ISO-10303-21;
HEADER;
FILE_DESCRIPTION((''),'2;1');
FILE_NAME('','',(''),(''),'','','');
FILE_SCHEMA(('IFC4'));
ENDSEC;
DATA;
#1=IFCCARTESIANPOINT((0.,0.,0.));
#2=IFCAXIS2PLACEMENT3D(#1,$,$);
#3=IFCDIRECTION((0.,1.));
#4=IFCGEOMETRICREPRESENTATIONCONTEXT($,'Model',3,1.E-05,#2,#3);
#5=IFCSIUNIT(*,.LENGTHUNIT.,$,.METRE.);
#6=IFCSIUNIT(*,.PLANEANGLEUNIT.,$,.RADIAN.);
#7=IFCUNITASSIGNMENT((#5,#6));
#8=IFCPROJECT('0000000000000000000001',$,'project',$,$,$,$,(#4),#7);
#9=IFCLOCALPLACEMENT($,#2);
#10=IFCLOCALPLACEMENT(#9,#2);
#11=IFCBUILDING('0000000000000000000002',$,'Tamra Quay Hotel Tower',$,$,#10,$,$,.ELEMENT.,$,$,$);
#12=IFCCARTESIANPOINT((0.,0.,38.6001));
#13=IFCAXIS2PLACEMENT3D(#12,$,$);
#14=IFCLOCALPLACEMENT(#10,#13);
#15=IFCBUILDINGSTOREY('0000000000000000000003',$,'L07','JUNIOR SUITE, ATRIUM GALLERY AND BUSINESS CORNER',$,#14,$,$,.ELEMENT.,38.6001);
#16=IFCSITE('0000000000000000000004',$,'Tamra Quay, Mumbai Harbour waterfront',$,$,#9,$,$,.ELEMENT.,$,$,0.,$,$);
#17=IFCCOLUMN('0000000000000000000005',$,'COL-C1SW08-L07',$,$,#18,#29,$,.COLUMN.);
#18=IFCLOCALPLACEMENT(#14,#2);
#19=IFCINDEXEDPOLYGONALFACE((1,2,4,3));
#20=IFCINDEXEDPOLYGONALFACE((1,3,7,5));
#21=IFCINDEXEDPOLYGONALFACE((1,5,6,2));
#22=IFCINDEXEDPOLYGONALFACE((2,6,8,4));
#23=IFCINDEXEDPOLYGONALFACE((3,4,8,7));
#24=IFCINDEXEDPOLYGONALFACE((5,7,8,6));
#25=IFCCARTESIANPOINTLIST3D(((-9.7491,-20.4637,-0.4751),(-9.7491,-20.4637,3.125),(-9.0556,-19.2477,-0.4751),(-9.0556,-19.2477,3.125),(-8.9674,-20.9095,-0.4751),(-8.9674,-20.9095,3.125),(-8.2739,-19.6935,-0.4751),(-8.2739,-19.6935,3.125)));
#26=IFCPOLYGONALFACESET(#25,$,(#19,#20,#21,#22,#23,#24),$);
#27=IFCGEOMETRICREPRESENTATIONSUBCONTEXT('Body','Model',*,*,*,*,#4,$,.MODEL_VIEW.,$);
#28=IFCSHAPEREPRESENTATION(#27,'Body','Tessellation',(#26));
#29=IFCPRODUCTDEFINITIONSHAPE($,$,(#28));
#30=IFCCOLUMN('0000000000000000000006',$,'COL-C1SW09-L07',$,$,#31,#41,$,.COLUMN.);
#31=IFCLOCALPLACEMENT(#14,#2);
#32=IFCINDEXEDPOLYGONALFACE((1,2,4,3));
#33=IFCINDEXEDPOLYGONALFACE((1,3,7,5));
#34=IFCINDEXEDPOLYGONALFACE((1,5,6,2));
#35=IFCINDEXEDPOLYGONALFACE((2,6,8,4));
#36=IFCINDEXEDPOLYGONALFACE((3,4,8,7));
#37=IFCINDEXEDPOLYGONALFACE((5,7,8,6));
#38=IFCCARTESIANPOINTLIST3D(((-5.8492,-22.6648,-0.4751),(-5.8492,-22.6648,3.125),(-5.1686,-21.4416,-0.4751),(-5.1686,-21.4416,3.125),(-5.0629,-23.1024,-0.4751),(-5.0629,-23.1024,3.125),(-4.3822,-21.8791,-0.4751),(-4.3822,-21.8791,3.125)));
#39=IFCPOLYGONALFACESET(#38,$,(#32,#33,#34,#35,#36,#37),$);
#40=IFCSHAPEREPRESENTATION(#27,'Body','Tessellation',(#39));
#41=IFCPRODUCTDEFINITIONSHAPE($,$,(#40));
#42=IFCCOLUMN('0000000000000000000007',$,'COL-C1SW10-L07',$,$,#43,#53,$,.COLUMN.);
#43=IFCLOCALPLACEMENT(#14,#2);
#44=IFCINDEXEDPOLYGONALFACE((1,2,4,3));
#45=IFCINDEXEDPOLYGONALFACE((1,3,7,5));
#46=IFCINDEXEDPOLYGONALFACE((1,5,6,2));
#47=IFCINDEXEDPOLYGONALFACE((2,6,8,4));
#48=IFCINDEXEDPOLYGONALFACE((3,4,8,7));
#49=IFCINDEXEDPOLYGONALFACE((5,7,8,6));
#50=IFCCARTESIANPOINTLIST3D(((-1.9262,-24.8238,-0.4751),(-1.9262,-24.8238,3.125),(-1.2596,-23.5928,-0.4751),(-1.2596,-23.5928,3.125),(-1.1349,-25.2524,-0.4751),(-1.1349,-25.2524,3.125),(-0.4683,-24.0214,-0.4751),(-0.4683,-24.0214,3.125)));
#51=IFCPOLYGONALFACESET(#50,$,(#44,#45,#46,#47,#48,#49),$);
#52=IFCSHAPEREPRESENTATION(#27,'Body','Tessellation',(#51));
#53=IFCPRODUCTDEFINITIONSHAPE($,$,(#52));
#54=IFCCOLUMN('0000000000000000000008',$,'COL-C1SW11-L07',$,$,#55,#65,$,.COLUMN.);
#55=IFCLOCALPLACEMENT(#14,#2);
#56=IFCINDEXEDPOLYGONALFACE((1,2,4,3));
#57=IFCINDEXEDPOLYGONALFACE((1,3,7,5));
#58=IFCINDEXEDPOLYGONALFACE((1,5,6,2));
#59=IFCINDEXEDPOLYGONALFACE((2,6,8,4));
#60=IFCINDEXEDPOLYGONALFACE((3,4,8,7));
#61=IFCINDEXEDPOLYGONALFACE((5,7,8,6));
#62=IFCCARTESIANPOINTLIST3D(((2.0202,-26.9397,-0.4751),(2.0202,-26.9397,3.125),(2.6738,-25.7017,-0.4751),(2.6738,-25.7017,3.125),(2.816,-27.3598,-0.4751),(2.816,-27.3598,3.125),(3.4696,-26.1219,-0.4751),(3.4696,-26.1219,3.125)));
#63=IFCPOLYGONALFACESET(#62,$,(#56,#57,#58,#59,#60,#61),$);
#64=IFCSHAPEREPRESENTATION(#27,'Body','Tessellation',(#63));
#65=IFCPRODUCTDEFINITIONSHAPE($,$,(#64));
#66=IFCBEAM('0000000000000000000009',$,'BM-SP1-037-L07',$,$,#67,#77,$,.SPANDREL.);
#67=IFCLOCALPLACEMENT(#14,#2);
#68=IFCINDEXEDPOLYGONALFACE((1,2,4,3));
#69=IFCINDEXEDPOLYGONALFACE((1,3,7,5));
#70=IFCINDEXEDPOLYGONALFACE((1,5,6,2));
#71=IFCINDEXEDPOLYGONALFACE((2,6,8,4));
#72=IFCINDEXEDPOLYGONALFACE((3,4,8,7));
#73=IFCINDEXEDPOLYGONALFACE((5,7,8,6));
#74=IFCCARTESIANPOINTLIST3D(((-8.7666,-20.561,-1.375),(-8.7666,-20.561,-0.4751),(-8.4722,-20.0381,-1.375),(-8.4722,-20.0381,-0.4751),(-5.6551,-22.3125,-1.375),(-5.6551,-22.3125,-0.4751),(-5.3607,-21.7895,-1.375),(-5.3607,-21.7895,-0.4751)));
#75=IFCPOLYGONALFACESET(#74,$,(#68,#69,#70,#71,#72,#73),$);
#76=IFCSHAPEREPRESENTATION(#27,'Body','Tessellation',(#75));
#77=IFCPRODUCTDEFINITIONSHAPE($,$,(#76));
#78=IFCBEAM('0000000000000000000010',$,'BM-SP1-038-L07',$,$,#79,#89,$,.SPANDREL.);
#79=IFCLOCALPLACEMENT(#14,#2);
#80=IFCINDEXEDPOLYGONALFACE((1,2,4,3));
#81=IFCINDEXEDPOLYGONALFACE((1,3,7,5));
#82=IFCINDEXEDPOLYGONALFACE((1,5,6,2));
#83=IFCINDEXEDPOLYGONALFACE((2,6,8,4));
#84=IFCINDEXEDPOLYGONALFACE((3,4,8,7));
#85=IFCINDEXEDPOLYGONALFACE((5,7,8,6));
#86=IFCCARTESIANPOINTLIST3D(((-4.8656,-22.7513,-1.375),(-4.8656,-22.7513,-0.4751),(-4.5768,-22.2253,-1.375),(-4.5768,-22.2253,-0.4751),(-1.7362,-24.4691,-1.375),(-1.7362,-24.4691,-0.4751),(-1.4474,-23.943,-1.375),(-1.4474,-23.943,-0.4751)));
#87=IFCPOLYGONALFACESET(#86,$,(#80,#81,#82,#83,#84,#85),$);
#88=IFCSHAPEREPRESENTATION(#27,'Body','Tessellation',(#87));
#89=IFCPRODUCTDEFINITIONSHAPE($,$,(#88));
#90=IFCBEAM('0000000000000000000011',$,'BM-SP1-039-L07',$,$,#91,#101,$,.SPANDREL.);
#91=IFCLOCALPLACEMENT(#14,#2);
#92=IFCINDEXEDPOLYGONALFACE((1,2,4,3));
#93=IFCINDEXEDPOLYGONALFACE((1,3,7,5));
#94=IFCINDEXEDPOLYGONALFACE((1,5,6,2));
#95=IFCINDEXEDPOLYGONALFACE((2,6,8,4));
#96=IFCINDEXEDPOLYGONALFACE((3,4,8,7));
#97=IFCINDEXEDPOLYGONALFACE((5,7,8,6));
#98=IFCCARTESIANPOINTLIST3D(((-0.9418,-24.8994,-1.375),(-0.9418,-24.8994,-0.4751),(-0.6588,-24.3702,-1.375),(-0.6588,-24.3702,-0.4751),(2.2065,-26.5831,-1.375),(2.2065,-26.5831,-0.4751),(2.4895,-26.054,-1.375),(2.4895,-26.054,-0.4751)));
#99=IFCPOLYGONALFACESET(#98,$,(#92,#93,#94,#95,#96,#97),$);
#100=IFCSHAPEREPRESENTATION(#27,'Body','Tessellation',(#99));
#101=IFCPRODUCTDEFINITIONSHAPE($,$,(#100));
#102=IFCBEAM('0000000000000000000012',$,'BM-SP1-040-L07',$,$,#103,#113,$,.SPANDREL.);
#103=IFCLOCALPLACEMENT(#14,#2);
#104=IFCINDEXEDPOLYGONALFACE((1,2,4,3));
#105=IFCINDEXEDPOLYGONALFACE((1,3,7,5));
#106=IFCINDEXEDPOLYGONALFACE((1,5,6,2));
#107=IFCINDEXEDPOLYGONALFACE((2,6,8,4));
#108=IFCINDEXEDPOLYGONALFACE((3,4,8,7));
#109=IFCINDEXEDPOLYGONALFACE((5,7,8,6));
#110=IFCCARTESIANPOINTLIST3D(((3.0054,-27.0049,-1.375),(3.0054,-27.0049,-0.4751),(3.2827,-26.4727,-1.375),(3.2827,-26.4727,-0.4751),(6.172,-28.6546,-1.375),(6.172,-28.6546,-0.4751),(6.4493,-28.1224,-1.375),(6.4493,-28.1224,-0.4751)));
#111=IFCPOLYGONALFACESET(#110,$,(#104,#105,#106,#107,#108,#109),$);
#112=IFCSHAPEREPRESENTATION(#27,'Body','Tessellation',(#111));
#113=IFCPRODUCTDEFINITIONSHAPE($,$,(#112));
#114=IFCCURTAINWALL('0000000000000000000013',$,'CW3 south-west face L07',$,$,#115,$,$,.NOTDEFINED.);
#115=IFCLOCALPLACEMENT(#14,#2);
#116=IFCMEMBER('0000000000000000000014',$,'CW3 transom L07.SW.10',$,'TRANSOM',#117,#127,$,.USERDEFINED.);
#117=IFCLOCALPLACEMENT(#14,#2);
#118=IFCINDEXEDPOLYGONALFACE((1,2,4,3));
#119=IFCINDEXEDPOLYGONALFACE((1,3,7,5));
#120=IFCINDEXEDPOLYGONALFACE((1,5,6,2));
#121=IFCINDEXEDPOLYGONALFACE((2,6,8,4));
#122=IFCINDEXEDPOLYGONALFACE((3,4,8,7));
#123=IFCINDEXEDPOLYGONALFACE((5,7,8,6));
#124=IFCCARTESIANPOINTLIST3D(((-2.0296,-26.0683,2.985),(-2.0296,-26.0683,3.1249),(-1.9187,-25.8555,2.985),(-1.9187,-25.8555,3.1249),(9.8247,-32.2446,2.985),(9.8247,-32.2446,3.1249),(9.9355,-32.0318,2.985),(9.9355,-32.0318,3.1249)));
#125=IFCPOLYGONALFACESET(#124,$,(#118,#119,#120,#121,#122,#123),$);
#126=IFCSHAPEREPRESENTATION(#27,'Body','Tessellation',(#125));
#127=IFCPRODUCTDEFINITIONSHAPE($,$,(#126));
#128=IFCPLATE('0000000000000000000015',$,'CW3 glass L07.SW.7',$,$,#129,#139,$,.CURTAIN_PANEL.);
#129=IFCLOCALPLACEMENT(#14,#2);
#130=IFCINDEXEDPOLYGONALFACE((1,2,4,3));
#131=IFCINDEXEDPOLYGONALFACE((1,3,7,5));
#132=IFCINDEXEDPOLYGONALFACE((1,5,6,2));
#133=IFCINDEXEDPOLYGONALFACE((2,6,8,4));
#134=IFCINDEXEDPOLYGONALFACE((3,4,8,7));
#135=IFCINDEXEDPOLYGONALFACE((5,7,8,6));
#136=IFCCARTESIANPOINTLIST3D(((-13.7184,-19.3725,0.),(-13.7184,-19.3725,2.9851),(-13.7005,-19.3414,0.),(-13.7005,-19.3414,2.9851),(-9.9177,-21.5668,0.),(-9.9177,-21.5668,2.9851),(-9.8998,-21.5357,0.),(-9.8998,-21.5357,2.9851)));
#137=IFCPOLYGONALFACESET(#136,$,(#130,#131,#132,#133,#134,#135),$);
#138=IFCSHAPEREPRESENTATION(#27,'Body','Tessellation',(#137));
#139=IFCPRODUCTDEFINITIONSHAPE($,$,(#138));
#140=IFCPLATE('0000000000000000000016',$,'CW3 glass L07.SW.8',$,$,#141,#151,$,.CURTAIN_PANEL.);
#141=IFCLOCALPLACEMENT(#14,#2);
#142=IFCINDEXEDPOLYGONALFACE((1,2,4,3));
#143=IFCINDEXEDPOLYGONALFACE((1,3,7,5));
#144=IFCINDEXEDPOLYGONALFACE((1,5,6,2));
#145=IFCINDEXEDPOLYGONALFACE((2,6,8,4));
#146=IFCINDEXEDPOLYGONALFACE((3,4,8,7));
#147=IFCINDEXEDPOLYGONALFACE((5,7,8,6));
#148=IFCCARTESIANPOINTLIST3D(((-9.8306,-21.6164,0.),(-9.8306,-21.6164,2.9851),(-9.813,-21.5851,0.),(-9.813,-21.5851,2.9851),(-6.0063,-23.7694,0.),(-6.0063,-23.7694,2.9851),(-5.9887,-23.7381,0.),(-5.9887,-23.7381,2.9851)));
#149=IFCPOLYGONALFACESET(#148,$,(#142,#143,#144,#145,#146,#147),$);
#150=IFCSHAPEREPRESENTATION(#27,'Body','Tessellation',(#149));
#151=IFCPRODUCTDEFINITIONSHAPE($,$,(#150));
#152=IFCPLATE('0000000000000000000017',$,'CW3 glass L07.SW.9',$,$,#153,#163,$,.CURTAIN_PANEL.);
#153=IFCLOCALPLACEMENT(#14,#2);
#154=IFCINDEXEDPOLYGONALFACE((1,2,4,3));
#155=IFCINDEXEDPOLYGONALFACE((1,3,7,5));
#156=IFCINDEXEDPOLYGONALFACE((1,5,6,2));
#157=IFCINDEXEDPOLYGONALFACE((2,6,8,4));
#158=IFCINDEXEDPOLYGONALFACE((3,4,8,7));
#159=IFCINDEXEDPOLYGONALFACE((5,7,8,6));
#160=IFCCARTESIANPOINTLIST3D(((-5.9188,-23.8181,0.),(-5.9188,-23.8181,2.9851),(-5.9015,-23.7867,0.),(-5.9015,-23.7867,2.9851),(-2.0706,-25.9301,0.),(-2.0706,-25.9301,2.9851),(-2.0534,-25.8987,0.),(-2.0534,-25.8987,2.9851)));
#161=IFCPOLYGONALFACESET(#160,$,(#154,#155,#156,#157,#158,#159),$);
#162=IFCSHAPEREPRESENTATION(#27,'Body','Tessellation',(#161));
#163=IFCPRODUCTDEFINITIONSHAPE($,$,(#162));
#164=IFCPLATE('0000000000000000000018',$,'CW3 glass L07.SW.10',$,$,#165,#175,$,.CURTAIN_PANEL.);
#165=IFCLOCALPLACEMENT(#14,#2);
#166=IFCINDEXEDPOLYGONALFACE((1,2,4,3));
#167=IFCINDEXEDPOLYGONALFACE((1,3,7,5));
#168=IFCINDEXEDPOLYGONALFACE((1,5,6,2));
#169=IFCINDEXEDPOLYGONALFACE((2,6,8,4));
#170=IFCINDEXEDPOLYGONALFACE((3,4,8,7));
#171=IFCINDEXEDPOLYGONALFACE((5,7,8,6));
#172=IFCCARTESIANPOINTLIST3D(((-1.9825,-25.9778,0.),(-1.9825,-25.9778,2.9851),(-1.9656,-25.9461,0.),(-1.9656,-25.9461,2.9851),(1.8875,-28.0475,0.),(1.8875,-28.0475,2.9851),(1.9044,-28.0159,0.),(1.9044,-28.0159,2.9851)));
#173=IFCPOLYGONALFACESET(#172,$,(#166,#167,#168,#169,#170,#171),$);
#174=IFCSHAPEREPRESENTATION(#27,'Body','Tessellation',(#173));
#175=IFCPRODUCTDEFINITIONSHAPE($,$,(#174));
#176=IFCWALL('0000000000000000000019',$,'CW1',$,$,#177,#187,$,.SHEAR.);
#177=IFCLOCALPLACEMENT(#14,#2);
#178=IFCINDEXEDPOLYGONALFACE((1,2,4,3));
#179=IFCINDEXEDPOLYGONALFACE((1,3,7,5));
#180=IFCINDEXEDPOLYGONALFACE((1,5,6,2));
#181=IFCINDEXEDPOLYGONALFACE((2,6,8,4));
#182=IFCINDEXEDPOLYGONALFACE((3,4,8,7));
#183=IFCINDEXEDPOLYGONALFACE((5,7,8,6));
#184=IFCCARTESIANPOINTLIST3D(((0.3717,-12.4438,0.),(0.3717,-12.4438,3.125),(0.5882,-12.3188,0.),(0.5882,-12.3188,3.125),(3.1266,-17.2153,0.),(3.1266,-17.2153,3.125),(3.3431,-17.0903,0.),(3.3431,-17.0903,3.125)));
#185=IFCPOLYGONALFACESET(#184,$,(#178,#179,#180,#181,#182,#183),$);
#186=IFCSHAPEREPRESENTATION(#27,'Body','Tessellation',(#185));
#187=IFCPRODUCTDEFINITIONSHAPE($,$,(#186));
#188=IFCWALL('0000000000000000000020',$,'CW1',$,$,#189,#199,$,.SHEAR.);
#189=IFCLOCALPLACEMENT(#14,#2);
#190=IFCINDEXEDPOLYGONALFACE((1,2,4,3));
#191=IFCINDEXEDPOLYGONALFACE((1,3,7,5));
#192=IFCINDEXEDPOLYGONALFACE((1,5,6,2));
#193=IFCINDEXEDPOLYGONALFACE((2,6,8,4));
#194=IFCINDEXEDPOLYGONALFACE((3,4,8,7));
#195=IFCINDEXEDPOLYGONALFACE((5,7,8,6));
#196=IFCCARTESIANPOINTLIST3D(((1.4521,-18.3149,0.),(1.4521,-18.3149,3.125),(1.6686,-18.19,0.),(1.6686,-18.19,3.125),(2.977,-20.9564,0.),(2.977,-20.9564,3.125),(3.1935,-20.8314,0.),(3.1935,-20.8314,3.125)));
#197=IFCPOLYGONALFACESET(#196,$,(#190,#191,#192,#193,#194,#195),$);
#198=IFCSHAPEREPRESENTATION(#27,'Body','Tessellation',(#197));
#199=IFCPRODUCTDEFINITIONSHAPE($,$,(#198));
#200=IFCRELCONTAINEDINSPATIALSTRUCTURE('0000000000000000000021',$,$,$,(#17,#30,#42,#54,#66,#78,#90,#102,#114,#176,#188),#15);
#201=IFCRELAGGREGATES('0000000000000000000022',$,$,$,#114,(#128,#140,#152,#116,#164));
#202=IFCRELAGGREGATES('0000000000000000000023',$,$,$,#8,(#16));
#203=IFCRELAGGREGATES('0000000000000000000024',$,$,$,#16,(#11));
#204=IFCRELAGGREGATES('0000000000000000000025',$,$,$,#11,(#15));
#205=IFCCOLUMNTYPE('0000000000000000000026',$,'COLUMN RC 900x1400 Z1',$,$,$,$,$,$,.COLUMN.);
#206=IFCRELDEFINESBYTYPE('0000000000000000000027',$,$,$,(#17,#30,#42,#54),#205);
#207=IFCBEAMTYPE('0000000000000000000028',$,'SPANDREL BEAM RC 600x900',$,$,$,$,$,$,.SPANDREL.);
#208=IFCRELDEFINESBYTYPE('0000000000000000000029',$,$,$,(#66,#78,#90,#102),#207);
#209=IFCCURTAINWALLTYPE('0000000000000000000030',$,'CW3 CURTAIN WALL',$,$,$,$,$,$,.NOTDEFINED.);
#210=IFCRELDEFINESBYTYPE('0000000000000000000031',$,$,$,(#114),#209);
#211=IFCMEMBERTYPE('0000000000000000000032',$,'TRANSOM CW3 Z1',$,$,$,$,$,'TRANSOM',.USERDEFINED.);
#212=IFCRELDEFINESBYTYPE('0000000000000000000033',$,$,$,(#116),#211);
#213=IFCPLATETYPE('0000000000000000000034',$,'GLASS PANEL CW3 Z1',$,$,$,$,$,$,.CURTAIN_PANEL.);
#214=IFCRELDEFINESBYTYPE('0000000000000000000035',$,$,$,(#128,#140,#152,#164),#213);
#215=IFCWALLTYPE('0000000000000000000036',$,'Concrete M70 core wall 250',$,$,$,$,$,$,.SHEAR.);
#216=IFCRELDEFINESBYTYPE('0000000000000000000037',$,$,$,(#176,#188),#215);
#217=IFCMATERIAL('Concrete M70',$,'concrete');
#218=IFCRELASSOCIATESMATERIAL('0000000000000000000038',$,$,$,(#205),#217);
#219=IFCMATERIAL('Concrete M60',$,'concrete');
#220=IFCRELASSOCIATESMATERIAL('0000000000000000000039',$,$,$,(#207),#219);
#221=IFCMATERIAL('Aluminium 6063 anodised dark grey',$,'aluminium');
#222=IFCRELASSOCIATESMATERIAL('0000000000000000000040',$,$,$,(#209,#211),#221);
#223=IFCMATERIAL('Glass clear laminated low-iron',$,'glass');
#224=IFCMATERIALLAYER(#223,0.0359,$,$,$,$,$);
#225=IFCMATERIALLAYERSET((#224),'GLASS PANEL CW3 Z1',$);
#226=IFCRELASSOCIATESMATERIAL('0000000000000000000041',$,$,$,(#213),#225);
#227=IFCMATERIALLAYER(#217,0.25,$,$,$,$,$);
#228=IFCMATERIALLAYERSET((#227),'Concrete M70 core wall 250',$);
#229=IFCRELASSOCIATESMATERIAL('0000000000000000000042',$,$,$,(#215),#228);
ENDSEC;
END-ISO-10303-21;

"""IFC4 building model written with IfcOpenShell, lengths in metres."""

from ifc_helpers import new_model, si_unit, direction, frame, frame_2d, origin, origin_2d, place, context, subcontext, project, spatial, rectangle, extrude, material, layer, layer_set, material_profile, profile_set, type_object, element, aggregate, save


model = new_model("IFC4")

# Units and contexts
model_context = context("Model", 3, precision=1e-05, world=origin(), true_north=direction((0.0, 1.0)))
body_context = subcontext(model_context, "Body", "Model", "MODEL_VIEW")
ifc_project = project(units=[si_unit("LENGTHUNIT", "METRE"), si_unit("PLANEANGLEUNIT", "RADIAN")], contexts=[model_context])

# Site, building, storey
site_placement = place(None, origin())
site = spatial("IfcSite", under=ifc_project, at=site_placement, Name="Tamra Quay, Mumbai Harbour waterfront", CompositionType="ELEMENT", RefElevation=0.0)
building_placement = place(site_placement, origin())
building = spatial("IfcBuilding", under=site, at=building_placement, Name="Tamra Quay Hotel Tower", CompositionType="ELEMENT")
storey_placement = place(building_placement, frame((0.0, 0.0, 38.6001)))
storey = spatial("IfcBuildingStorey", under=building, at=storey_placement, Name="L07", Description="JUNIOR SUITE, ATRIUM GALLERY AND BUSINESS CORNER", CompositionType="ELEMENT", Elevation=38.6001)

# Columns
ifc_material_1 = material(Name="Concrete M70", Category="concrete")
ifc_material_profile_1 = material_profile(ifc_material_1, rectangle(XDim=1.3999, YDim=0.8999, at=origin_2d()), Name="COLUMN RC 900x1400 Z1")
ifc_profile_set_1 = profile_set([ifc_material_profile_1], Name="Concrete M70")
column_type = type_object("IfcColumnType", Name="COLUMN RC 900x1400 Z1", PredefinedType="COLUMN", material=ifc_profile_set_1)
for number, where, z_axis, x_axis, name in (
    (1, (-9.0115, -20.0786, -0.4751), (0.0, 0.0, 1.0), (0.495421, 0.868653, 0.0), "COL-C1SW08-L07"),
    (2, (-5.1157, -22.272, -0.4751), (0.0, 0.0, 1.0), (0.486221, 0.873836, 0.0), "COL-C1SW09-L07"),
    (3, (-1.1973, -24.4226, -0.4751), (0.0, 0.0, 1.0), (0.476198, 0.879338, 0.0), "COL-C1SW10-L07"),
    (4, (2.7449, -26.5308, -0.4751), (0.0, 0.0, 1.0), (0.466896, 0.884312, 0.0), "COL-C1SW11-L07"),
):
    element("IfcColumn", number, at=place(storey_placement, frame(where, z_axis=z_axis, x_axis=x_axis)), inside=storey, type_object=column_type, Name=name, PredefinedType="COLUMN", context=body_context, shape_type="SweptSolid", body=[
        extrude(rectangle(XDim=1.3999, YDim=0.8999, at=origin_2d()), origin(), (0.0, 0.0, 1.0), 3.6001),
    ])

# Beams
ifc_material_2 = material(Name="Concrete M60", Category="concrete")
ifc_material_profile_2 = material_profile(ifc_material_2, rectangle(XDim=0.6001, YDim=0.8999, at=origin_2d()), Name="SPANDREL BEAM RC 600x900")
ifc_profile_set_2 = profile_set([ifc_material_profile_2], Name="Concrete M60")
beam_type = type_object("IfcBeamType", Name="SPANDREL BEAM RC 600x900", PredefinedType="SPANDREL", material=ifc_profile_set_2)
beam_1_placement = place(storey_placement, frame((-8.6194, -20.2996, -0.925), z_axis=(0.871431, -0.490518, 0.0), x_axis=(0.490518, 0.871431, 0.0)))
element("IfcBeam", 5, at=beam_1_placement, inside=storey, type_object=beam_type, Name="BM-SP1-037-L07", PredefinedType="SPANDREL", context=body_context, shape_type="SweptSolid", body=[
    extrude(rectangle(XDim=0.6001, YDim=0.8999, at=origin_2d()), origin(), (0.0, 0.0, 1.0), 3.5706),
])
beam_2_placement = place(storey_placement, frame((-4.7212, -22.4883, -0.925), z_axis=(0.876617, -0.481189, 0.0), x_axis=(0.481189, 0.876617, 0.0)))
element("IfcBeam", 6, at=beam_2_placement, inside=storey, type_object=beam_type, Name="BM-SP1-038-L07", PredefinedType="SPANDREL", context=body_context, shape_type="SweptSolid", body=[
    extrude(rectangle(XDim=0.6001, YDim=0.8999, at=origin_2d()), origin(), (0.0, 0.0, 1.0), 3.5698),
])
beam_3_placement = place(storey_placement, frame((-0.8003, -24.6348, -0.925), z_axis=(0.881809, -0.471607, 0.0), x_axis=(0.471607, 0.881809, 0.0)))
element("IfcBeam", 7, at=beam_3_placement, inside=storey, type_object=beam_type, Name="BM-SP1-039-L07", PredefinedType="SPANDREL", context=body_context, shape_type="SweptSolid", body=[
    extrude(rectangle(XDim=0.6001, YDim=0.8999, at=origin_2d()), origin(), (0.0, 0.0, 1.0), 3.5703),
])
beam_4_placement = place(storey_placement, frame((3.144, -26.7388, -0.925), z_axis=(0.886864, -0.462031, 0.0), x_axis=(0.462031, 0.886864, 0.0)))
element("IfcBeam", 8, at=beam_4_placement, inside=storey, type_object=beam_type, Name="BM-SP1-040-L07", PredefinedType="SPANDREL", context=body_context, shape_type="SweptSolid", body=[
    extrude(rectangle(XDim=0.6001, YDim=0.8999, at=origin_2d()), origin(), (0.0, 0.0, 1.0), 3.5706),
])

# Curtain wall, member, plates
ifc_material_3 = material(Name="Aluminium 6063 anodised dark grey", Category="aluminium")
curtain_wall_type = type_object("IfcCurtainWallType", Name="CW3 CURTAIN WALL", PredefinedType="NOTDEFINED", material=ifc_material_3)
curtain_wall_placement = place(storey_placement, origin())
curtain_wall = element("IfcCurtainWall", 9, at=curtain_wall_placement, inside=storey, type_object=curtain_wall_type, Name="CW3 south-west face L07", PredefinedType="NOTDEFINED")
ifc_material_profile_3 = material_profile(ifc_material_3, rectangle(XDim=0.24, YDim=0.1399, at=origin_2d()), Name="TRANSOM 240X140")
ifc_profile_set_3 = profile_set([ifc_material_profile_3], Name="Aluminium 6063 anodised dark grey")
member_type = type_object("IfcMemberType", Name="TRANSOM CW3 Z1", ElementType="TRANSOM", PredefinedType="USERDEFINED", material=ifc_profile_set_3)
member_placement = place(storey_placement, frame((-1.9741, -25.9619, 3.0549), z_axis=(0.886847, -0.462063, 0.0), x_axis=(0.462063, 0.886847, 0.0)))
member = element("IfcMember", 10, at=member_placement, type_object=member_type, Name="CW3 transom L07.SW.10", ObjectType="TRANSOM", PredefinedType="USERDEFINED", context=body_context, shape_type="SweptSolid", body=[
    extrude(rectangle(XDim=0.24, YDim=0.1399, at=origin_2d()), origin(), (0.0, 0.0, 1.0), 13.3667),
])
ifc_material_4 = material(Name="Glass clear laminated low-iron", Category="glass")
ifc_layer_1 = layer(ifc_material_4, 0.0359)
ifc_layer_set_1 = layer_set([ifc_layer_1], Name="GLASS PANEL CW3 Z1")
plate_type = type_object("IfcPlateType", Name="GLASS PANEL CW3 Z1", PredefinedType="CURTAIN_PANEL", material=ifc_layer_set_1)
plate_1_placement = place(storey_placement, frame((-11.8091, -20.4541, 0.0), z_axis=(0.0, 0.0, 1.0), x_axis=(0.866025, -0.5, 0.0)))
plate_1 = element("IfcPlate", 11, at=plate_1_placement, type_object=plate_type, Name="CW3 glass L07.SW.7", PredefinedType="CURTAIN_PANEL", context=body_context, shape_type="SweptSolid", body=[
    extrude(rectangle(XDim=4.3887, YDim=0.0359, at=origin_2d()), origin(), (0.0, 0.0, 1.0), 2.9851),
])
plate_2_placement = place(storey_placement, frame((-7.9097, -22.6772, 0.0), z_axis=(0.0, 0.0, 1.0), x_axis=(0.871393, -0.490586, 0.0)))
plate_2 = element("IfcPlate", 12, at=plate_2_placement, type_object=plate_type, Name="CW3 glass L07.SW.8", PredefinedType="CURTAIN_PANEL", context=body_context, shape_type="SweptSolid", body=[
    extrude(rectangle(XDim=4.3887, YDim=0.0359, at=origin_2d()), origin(), (0.0, 0.0, 1.0), 2.9851),
])
plate_3_placement = place(storey_placement, frame((-3.9861, -24.8584, 0.0), z_axis=(0.0, 0.0, 1.0), x_axis=(0.876651, -0.481127, 0.0)))
plate_3 = element("IfcPlate", 13, at=plate_3_placement, type_object=plate_type, Name="CW3 glass L07.SW.9", PredefinedType="CURTAIN_PANEL", context=body_context, shape_type="SweptSolid", body=[
    extrude(rectangle(XDim=4.3896, YDim=0.0359, at=origin_2d()), origin(), (0.0, 0.0, 1.0), 2.9851),
])
plate_4_placement = place(storey_placement, frame((-0.0391, -26.9968, 0.0), z_axis=(0.0, 0.0, 1.0), x_axis=(0.881806, -0.471612, 0.0)))
plate_4 = element("IfcPlate", 14, at=plate_4_placement, type_object=plate_type, Name="CW3 glass L07.SW.10", PredefinedType="CURTAIN_PANEL", context=body_context, shape_type="SweptSolid", body=[
    extrude(rectangle(XDim=4.3887, YDim=0.0359, at=origin_2d()), origin(), (0.0, 0.0, 1.0), 2.9851),
])
aggregate(curtain_wall, [plate_1, plate_2, plate_3, member, plate_4])

# Walls
ifc_layer_2 = layer(ifc_material_1, 0.25)
ifc_layer_set_2 = layer_set([ifc_layer_2], Name="Concrete M70 core wall 250")
wall_type_1 = type_object("IfcWallType", Name="Concrete M70 core wall 250", PredefinedType="SHEAR", material=ifc_layer_set_2)
wall_1_placement = place(storey_placement, frame((3.2349, -17.1528, 0.0), z_axis=(0.0, 0.0, 1.0), x_axis=(-0.500009, 0.86602, 0.0)))
element("IfcWall", 15, at=wall_1_placement, inside=storey, type_object=wall_type_1, Name="CW1", PredefinedType="SHEAR", context=body_context, shape_type="SweptSolid", body=[
    extrude(rectangle(XDim=5.5098, YDim=0.25, at=frame_2d((2.7549, 0.0))), origin(), (0.0, 0.0, 1.0), 3.125),
])
wall_2_placement = place(storey_placement, frame((3.0852, -20.8938, 0.0), z_axis=(0.0, 0.0, 1.0), x_axis=(-0.499979, 0.866038, 0.0)))
element("IfcWall", 16, at=wall_2_placement, inside=storey, type_object=wall_type_1, Name="CW1", PredefinedType="SHEAR", context=body_context, shape_type="SweptSolid", body=[
    extrude(rectangle(XDim=3.05, YDim=0.25, at=frame_2d((1.5249, 0.0))), origin(), (0.0, 0.0, 1.0), 3.125),
])

save(model, "model.ifc")
